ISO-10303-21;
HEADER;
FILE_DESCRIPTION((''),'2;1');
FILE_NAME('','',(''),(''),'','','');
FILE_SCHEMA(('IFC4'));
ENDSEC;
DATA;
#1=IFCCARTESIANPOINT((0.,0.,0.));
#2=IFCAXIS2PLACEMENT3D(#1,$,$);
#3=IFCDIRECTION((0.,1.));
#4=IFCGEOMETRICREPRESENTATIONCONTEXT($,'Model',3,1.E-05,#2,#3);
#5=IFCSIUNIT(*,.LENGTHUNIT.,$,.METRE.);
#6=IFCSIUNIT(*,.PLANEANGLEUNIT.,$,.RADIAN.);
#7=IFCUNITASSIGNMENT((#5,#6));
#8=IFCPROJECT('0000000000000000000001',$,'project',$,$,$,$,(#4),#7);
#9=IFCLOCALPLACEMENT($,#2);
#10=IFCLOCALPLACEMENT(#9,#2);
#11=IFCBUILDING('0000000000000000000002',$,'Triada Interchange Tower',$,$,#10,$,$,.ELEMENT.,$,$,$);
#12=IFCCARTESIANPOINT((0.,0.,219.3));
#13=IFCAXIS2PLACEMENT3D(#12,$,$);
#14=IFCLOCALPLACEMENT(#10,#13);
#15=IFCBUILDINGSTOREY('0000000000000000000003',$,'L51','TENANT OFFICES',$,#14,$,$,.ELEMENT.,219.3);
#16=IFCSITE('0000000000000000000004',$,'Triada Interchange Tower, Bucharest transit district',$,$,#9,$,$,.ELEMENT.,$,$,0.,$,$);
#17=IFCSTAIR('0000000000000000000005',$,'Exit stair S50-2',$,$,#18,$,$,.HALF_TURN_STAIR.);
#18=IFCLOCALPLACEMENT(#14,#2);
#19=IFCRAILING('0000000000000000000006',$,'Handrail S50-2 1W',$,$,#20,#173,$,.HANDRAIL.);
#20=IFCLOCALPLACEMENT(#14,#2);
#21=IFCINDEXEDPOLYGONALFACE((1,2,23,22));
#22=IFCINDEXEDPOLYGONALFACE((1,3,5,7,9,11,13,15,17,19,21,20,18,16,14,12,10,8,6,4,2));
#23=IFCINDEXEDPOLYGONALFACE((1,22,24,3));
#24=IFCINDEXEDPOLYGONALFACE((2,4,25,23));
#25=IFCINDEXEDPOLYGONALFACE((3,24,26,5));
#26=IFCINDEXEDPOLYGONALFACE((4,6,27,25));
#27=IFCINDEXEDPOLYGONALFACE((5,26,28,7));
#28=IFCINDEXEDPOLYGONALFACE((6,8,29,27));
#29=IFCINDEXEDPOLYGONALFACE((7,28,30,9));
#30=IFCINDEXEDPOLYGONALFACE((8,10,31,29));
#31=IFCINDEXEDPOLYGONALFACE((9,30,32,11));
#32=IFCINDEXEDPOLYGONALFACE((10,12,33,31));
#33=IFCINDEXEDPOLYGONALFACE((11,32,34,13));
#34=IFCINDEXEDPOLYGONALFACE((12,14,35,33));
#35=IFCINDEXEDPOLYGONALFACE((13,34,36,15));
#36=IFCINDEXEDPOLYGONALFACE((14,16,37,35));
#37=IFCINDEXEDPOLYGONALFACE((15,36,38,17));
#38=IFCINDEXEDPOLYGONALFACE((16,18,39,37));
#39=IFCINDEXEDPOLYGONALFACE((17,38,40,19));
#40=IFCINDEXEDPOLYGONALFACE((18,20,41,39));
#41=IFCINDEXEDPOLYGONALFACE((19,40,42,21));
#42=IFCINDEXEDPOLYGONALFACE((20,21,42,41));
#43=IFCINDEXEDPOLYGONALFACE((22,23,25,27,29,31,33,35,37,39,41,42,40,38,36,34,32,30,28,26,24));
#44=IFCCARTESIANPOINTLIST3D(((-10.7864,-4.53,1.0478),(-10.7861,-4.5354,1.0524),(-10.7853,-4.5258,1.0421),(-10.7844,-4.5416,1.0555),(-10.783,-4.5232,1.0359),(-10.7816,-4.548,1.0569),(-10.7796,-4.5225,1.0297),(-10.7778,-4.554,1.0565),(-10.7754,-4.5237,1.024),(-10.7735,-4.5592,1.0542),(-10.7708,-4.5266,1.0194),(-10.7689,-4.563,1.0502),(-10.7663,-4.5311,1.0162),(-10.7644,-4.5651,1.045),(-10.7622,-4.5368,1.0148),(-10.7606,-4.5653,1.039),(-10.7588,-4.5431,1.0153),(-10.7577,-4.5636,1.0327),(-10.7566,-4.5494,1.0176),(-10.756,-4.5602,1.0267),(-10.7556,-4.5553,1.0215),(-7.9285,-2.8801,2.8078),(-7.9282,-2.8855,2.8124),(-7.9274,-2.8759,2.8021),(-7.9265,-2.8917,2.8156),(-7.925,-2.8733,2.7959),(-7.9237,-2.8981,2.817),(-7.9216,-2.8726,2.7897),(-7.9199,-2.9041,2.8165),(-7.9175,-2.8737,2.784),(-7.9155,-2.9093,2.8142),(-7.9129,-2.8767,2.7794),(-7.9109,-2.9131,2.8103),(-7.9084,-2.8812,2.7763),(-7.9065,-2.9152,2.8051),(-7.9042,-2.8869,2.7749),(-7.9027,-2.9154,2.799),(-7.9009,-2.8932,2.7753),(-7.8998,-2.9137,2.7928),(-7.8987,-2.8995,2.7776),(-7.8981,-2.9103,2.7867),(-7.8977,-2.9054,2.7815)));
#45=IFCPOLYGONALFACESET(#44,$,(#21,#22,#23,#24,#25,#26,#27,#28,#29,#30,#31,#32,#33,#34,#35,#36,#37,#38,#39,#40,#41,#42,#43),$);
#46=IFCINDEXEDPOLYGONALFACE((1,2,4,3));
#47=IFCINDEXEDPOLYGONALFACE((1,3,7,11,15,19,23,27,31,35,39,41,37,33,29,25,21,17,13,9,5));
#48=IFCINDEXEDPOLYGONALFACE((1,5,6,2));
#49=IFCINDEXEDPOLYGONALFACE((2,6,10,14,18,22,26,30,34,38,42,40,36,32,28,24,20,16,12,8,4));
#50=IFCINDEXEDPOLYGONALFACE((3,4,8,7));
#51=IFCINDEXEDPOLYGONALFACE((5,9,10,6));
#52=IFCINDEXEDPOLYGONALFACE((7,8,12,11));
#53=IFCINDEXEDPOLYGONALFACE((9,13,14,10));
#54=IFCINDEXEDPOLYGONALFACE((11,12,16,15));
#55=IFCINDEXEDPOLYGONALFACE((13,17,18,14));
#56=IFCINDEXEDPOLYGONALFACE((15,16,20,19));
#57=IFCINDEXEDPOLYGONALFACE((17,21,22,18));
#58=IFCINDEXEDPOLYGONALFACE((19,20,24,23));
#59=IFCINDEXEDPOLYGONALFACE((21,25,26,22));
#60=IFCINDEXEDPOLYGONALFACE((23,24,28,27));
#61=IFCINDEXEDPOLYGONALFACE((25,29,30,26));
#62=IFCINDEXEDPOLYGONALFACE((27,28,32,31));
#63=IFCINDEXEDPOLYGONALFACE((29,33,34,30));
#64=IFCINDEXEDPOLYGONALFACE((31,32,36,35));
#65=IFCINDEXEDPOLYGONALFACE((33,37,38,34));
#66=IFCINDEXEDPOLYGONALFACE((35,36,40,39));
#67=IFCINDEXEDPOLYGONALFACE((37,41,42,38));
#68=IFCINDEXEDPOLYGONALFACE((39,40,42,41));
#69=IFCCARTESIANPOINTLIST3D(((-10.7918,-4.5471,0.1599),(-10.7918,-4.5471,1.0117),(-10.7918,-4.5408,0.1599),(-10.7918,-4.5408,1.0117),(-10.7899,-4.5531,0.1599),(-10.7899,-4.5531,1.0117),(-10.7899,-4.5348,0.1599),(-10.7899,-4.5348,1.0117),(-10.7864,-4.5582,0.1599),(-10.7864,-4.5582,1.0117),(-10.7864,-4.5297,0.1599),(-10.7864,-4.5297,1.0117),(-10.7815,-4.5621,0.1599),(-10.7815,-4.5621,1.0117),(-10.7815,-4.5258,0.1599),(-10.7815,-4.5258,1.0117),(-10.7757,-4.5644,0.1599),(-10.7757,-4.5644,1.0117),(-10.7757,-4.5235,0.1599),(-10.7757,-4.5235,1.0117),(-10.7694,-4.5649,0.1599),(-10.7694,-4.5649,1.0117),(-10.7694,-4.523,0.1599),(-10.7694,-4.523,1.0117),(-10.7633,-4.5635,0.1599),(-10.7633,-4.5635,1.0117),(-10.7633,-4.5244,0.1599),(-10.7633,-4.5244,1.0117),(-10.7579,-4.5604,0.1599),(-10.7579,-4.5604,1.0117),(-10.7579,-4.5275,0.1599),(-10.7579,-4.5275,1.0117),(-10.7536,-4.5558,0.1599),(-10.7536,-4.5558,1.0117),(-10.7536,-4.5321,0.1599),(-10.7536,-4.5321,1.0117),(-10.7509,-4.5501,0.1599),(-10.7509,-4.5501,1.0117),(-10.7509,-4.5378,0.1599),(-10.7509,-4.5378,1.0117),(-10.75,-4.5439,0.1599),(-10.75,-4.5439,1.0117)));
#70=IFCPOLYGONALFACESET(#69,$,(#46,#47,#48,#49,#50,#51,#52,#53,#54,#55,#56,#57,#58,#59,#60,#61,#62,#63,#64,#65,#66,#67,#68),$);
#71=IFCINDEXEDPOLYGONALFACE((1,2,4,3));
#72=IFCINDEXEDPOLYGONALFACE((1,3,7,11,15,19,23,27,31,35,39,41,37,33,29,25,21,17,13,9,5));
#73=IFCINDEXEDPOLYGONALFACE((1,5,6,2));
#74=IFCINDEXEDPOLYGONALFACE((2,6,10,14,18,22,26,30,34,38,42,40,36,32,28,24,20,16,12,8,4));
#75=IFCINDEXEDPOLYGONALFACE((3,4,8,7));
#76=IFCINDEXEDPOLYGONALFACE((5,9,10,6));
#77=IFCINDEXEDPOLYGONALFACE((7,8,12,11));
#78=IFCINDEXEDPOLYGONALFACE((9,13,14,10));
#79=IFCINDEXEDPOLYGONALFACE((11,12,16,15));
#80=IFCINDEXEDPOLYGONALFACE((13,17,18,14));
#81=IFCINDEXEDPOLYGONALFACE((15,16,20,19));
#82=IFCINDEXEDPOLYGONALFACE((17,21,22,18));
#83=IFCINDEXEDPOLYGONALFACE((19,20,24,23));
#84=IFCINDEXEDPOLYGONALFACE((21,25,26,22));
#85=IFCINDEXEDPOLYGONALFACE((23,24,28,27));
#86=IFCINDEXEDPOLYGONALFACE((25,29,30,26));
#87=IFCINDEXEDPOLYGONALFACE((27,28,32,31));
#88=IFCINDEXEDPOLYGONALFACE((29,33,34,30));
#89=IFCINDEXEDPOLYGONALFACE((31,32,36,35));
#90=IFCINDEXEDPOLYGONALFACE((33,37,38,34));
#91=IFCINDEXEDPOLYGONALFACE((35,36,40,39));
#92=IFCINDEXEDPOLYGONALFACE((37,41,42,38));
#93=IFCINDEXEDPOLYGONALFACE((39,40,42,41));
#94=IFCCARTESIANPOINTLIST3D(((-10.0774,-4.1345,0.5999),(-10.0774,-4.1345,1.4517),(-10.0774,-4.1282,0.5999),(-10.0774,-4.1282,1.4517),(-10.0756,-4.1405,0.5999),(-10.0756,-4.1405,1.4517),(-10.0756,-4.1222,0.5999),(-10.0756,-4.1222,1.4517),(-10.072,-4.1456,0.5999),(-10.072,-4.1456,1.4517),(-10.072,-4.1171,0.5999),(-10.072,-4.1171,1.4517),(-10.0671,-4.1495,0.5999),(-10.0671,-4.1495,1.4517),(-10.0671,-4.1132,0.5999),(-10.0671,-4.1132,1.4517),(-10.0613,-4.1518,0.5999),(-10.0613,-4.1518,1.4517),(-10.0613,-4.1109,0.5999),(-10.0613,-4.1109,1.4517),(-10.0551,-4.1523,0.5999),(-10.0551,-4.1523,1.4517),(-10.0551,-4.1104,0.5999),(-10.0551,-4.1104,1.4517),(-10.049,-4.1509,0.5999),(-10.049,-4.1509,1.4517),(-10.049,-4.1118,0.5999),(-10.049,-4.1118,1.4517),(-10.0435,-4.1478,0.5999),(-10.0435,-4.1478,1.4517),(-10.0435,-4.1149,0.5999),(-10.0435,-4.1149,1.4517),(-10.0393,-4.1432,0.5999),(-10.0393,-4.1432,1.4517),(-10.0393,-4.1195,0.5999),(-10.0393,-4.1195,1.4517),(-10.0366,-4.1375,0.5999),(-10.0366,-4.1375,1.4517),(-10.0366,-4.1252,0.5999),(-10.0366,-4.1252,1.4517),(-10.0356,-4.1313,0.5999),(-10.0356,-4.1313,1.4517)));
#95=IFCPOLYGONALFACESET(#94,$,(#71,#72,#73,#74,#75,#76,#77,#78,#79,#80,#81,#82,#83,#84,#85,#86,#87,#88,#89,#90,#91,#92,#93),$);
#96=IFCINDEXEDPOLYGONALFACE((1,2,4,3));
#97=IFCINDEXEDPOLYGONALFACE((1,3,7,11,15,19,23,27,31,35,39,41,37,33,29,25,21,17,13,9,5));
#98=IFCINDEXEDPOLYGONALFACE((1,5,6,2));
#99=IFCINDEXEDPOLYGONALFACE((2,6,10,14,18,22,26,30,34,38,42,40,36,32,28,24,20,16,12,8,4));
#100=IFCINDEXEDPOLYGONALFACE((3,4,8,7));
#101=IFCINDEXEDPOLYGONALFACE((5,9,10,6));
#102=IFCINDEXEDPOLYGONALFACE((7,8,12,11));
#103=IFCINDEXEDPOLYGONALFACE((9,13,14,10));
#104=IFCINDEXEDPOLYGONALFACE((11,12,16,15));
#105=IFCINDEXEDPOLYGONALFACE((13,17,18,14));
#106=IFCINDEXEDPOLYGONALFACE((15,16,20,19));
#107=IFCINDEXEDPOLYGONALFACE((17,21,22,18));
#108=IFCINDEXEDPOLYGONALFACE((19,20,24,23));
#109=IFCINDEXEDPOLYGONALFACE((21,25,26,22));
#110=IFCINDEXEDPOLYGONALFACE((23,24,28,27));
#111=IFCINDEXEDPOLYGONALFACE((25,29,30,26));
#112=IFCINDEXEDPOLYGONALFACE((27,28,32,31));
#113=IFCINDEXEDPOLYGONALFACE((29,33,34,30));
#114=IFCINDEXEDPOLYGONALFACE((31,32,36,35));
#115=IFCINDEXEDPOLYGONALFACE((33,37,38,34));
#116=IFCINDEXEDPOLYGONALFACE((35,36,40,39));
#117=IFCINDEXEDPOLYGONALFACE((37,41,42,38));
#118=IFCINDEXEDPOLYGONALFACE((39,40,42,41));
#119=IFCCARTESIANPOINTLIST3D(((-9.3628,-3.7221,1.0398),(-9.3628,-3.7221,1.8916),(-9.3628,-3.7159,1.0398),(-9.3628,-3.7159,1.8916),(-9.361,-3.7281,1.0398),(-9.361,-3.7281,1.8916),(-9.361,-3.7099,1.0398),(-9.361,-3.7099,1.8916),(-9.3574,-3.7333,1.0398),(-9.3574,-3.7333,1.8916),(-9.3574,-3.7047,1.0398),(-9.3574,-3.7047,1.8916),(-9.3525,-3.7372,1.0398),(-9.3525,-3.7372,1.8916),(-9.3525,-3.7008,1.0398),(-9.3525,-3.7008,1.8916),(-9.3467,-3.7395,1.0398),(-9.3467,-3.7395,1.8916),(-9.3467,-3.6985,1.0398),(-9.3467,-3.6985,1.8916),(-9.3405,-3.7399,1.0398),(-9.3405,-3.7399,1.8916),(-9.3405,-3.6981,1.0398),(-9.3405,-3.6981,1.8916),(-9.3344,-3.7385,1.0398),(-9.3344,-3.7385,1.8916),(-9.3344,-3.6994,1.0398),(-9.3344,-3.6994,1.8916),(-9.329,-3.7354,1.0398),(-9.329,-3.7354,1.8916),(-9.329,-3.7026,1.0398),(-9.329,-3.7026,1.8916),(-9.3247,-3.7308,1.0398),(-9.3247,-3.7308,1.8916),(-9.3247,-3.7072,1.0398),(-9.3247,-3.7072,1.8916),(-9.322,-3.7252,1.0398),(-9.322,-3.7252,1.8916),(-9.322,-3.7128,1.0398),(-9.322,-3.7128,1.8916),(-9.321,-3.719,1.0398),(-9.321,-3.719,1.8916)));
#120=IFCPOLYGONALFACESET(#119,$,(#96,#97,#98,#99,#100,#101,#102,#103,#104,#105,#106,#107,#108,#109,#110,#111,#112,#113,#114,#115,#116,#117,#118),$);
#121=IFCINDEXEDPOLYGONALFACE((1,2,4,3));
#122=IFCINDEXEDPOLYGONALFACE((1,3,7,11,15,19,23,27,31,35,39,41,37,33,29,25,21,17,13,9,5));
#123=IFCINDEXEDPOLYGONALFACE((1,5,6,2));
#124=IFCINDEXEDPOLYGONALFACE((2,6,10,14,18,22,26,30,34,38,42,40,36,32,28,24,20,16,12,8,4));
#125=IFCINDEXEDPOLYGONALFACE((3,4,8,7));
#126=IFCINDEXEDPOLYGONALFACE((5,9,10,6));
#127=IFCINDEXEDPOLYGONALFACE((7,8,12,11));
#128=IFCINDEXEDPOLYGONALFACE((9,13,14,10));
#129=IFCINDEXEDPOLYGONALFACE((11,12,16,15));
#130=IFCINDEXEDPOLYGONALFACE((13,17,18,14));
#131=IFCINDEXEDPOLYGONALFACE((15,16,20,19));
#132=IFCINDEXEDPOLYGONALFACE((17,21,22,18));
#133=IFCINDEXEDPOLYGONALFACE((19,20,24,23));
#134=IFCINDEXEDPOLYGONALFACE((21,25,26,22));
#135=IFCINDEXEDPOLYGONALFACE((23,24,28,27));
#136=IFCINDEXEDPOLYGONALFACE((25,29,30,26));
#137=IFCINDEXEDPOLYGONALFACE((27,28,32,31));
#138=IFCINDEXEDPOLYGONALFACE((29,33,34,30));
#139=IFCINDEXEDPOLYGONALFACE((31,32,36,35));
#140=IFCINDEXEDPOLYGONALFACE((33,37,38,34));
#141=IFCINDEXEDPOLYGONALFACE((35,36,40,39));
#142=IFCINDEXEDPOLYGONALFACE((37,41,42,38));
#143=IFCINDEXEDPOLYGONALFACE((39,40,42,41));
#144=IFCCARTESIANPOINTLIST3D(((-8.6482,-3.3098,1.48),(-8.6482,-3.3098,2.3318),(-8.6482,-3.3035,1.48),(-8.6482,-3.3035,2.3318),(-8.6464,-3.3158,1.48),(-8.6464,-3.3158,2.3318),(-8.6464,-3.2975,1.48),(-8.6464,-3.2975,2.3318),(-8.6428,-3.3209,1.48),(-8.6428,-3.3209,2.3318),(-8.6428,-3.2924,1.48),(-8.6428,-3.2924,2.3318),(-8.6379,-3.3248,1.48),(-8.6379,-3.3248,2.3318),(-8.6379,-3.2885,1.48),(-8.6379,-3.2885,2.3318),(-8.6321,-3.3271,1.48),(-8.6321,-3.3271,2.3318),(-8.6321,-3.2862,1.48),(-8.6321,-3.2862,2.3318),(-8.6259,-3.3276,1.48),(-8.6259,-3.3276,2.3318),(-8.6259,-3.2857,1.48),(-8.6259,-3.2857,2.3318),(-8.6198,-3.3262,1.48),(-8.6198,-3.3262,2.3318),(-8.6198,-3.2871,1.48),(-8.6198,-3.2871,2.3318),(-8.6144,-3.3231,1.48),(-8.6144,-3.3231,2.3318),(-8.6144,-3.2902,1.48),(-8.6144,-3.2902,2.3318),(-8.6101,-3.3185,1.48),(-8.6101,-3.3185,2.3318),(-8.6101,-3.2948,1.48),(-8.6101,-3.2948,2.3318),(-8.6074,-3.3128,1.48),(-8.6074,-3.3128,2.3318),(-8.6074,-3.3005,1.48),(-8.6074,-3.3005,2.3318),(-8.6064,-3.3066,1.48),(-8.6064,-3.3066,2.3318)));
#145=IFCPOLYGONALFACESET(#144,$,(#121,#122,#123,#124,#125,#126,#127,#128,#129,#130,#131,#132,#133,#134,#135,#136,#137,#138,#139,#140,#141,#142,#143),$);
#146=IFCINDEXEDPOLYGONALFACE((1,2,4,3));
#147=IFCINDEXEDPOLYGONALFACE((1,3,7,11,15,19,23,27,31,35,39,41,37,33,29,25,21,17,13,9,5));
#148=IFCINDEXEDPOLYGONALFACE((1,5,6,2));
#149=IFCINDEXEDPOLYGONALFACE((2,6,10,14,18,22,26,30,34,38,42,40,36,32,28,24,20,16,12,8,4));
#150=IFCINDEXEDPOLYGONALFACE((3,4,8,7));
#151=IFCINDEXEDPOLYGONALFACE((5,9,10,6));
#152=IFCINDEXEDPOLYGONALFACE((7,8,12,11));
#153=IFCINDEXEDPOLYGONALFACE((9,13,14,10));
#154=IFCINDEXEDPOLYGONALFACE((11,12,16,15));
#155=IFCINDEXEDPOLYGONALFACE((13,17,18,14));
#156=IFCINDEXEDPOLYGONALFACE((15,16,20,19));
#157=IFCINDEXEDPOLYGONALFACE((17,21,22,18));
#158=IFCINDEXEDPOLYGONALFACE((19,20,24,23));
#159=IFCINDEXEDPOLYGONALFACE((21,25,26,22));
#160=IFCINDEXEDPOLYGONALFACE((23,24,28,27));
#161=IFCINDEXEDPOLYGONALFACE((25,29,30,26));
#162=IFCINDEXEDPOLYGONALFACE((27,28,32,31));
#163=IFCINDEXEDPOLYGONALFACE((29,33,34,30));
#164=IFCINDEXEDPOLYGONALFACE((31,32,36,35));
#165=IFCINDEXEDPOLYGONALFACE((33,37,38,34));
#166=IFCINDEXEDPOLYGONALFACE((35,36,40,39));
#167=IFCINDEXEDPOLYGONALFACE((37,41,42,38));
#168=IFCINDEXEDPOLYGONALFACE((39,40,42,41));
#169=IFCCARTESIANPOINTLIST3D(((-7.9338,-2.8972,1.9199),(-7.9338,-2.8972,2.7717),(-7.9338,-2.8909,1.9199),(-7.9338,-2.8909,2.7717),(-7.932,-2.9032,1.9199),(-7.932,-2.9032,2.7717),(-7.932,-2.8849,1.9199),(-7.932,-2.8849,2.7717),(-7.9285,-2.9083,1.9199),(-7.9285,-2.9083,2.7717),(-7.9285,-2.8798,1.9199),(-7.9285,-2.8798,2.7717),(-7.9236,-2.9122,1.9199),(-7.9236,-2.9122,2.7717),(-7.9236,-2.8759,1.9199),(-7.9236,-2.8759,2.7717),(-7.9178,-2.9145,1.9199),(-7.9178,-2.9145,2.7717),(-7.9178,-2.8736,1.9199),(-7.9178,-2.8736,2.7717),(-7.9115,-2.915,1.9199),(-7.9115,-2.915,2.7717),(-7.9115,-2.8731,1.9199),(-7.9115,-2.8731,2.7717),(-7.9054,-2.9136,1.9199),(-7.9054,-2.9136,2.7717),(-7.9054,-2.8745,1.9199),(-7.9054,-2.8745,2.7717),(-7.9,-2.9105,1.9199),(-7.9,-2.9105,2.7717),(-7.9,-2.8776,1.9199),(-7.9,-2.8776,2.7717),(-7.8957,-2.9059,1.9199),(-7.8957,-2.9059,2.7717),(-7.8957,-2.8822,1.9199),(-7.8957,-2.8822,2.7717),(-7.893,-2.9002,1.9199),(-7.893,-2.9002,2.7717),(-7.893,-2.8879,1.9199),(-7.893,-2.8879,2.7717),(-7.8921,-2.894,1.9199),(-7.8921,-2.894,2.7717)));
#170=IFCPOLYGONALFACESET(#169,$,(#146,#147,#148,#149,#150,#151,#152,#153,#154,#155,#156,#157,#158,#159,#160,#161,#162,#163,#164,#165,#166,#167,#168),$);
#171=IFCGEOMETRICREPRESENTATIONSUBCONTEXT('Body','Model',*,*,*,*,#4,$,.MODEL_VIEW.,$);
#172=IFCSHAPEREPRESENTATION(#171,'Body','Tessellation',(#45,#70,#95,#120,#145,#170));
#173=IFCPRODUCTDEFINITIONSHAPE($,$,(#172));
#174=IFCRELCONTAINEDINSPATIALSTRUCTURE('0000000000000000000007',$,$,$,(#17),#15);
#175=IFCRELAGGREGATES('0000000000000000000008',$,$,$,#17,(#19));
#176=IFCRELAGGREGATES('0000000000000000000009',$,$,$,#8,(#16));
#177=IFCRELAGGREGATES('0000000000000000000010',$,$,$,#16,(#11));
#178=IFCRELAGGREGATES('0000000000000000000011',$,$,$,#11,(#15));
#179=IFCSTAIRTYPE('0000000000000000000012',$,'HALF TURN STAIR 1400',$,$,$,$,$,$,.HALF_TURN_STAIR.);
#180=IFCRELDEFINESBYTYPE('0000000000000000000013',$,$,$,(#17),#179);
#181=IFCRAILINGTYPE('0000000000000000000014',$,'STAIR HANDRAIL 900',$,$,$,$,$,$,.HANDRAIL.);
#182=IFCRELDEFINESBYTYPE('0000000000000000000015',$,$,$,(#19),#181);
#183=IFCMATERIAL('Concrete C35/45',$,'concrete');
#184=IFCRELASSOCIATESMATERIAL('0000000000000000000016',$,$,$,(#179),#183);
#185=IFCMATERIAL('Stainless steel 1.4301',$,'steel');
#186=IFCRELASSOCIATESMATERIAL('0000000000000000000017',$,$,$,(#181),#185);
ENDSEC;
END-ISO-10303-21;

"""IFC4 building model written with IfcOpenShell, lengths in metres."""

from ifc_helpers import new_model, si_unit, direction, frame, origin, origin_2d, place, context, subcontext, project, spatial, circle, extrude, material, type_object, element, aggregate, save


model = new_model("IFC4")

# Units and contexts
model_context = context("Model", 3, precision=1e-05, world=origin(), true_north=direction((0.0, 1.0)))
body_context = subcontext(model_context, "Body", "Model", "MODEL_VIEW")
ifc_project = project(units=[si_unit("LENGTHUNIT", "METRE"), si_unit("PLANEANGLEUNIT", "RADIAN")], contexts=[model_context])

# Site, building, storey
site_placement = place(None, origin())
site = spatial("IfcSite", under=ifc_project, at=site_placement, Name="Triada Interchange Tower, Bucharest transit district", CompositionType="ELEMENT", RefElevation=0.0)
building_placement = place(site_placement, origin())
building = spatial("IfcBuilding", under=site, at=building_placement, Name="Triada Interchange Tower", CompositionType="ELEMENT")
storey_placement = place(building_placement, frame((0.0, 0.0, 219.3)))
storey = spatial("IfcBuildingStorey", under=building, at=storey_placement, Name="L51", Description="TENANT OFFICES", CompositionType="ELEMENT", Elevation=219.3)

# Stair, railing
ifc_material_1 = material(Name="Concrete C35/45", Category="concrete")
stair_type = type_object("IfcStairType", Name="HALF TURN STAIR 1400", PredefinedType="HALF_TURN_STAIR", material=ifc_material_1)
stair_placement = place(storey_placement, origin())
stair = element("IfcStair", 1, at=stair_placement, inside=storey, type_object=stair_type, Name="Exit stair S50-2", PredefinedType="HALF_TURN_STAIR")
ifc_material_2 = material(Name="Stainless steel 1.4301", Category="steel")
railing_type = type_object("IfcRailingType", Name="STAIR HANDRAIL 900", PredefinedType="HANDRAIL", material=ifc_material_2)
railing_1_placement = place(storey_placement, frame((-10.771, -4.5439, 0.1599)))
railing_1 = element("IfcRailing", 2, at=railing_1_placement, type_object=railing_type, Name="Handrail S50-2 1W", PredefinedType="HANDRAIL", context=body_context, shape_type="SweptSolid", body=[
    extrude(circle(Radius=0.0239, at=origin_2d()), frame((0.0, 0.0, 0.876), z_axis=(0.764151, 0.441153, 0.470593), x_axis=(-0.499974, 0.86604, 0.0)), (0.0, 0.0, 1.0), 3.74),
    extrude(circle(Radius=0.021, at=origin_2d()), origin(), (0.0, 0.0, 1.0), 0.8518),
    extrude(circle(Radius=0.021, at=origin_2d()), frame((0.7144, 0.4126, 0.4399)), (0.0, 0.0, 1.0), 0.8518),
    extrude(circle(Radius=0.021, at=origin_2d()), frame((1.429, 0.825, 0.8799)), (0.0, 0.0, 1.0), 0.8518),
    extrude(circle(Radius=0.021, at=origin_2d()), frame((2.1436, 1.2373, 1.3201)), (0.0, 0.0, 1.0), 0.8518),
    extrude(circle(Radius=0.021, at=origin_2d()), frame((2.8579, 1.6499, 1.76)), (0.0, 0.0, 1.0), 0.8518),
])
aggregate(stair, [railing_1])

save(model, "model.ifc")
